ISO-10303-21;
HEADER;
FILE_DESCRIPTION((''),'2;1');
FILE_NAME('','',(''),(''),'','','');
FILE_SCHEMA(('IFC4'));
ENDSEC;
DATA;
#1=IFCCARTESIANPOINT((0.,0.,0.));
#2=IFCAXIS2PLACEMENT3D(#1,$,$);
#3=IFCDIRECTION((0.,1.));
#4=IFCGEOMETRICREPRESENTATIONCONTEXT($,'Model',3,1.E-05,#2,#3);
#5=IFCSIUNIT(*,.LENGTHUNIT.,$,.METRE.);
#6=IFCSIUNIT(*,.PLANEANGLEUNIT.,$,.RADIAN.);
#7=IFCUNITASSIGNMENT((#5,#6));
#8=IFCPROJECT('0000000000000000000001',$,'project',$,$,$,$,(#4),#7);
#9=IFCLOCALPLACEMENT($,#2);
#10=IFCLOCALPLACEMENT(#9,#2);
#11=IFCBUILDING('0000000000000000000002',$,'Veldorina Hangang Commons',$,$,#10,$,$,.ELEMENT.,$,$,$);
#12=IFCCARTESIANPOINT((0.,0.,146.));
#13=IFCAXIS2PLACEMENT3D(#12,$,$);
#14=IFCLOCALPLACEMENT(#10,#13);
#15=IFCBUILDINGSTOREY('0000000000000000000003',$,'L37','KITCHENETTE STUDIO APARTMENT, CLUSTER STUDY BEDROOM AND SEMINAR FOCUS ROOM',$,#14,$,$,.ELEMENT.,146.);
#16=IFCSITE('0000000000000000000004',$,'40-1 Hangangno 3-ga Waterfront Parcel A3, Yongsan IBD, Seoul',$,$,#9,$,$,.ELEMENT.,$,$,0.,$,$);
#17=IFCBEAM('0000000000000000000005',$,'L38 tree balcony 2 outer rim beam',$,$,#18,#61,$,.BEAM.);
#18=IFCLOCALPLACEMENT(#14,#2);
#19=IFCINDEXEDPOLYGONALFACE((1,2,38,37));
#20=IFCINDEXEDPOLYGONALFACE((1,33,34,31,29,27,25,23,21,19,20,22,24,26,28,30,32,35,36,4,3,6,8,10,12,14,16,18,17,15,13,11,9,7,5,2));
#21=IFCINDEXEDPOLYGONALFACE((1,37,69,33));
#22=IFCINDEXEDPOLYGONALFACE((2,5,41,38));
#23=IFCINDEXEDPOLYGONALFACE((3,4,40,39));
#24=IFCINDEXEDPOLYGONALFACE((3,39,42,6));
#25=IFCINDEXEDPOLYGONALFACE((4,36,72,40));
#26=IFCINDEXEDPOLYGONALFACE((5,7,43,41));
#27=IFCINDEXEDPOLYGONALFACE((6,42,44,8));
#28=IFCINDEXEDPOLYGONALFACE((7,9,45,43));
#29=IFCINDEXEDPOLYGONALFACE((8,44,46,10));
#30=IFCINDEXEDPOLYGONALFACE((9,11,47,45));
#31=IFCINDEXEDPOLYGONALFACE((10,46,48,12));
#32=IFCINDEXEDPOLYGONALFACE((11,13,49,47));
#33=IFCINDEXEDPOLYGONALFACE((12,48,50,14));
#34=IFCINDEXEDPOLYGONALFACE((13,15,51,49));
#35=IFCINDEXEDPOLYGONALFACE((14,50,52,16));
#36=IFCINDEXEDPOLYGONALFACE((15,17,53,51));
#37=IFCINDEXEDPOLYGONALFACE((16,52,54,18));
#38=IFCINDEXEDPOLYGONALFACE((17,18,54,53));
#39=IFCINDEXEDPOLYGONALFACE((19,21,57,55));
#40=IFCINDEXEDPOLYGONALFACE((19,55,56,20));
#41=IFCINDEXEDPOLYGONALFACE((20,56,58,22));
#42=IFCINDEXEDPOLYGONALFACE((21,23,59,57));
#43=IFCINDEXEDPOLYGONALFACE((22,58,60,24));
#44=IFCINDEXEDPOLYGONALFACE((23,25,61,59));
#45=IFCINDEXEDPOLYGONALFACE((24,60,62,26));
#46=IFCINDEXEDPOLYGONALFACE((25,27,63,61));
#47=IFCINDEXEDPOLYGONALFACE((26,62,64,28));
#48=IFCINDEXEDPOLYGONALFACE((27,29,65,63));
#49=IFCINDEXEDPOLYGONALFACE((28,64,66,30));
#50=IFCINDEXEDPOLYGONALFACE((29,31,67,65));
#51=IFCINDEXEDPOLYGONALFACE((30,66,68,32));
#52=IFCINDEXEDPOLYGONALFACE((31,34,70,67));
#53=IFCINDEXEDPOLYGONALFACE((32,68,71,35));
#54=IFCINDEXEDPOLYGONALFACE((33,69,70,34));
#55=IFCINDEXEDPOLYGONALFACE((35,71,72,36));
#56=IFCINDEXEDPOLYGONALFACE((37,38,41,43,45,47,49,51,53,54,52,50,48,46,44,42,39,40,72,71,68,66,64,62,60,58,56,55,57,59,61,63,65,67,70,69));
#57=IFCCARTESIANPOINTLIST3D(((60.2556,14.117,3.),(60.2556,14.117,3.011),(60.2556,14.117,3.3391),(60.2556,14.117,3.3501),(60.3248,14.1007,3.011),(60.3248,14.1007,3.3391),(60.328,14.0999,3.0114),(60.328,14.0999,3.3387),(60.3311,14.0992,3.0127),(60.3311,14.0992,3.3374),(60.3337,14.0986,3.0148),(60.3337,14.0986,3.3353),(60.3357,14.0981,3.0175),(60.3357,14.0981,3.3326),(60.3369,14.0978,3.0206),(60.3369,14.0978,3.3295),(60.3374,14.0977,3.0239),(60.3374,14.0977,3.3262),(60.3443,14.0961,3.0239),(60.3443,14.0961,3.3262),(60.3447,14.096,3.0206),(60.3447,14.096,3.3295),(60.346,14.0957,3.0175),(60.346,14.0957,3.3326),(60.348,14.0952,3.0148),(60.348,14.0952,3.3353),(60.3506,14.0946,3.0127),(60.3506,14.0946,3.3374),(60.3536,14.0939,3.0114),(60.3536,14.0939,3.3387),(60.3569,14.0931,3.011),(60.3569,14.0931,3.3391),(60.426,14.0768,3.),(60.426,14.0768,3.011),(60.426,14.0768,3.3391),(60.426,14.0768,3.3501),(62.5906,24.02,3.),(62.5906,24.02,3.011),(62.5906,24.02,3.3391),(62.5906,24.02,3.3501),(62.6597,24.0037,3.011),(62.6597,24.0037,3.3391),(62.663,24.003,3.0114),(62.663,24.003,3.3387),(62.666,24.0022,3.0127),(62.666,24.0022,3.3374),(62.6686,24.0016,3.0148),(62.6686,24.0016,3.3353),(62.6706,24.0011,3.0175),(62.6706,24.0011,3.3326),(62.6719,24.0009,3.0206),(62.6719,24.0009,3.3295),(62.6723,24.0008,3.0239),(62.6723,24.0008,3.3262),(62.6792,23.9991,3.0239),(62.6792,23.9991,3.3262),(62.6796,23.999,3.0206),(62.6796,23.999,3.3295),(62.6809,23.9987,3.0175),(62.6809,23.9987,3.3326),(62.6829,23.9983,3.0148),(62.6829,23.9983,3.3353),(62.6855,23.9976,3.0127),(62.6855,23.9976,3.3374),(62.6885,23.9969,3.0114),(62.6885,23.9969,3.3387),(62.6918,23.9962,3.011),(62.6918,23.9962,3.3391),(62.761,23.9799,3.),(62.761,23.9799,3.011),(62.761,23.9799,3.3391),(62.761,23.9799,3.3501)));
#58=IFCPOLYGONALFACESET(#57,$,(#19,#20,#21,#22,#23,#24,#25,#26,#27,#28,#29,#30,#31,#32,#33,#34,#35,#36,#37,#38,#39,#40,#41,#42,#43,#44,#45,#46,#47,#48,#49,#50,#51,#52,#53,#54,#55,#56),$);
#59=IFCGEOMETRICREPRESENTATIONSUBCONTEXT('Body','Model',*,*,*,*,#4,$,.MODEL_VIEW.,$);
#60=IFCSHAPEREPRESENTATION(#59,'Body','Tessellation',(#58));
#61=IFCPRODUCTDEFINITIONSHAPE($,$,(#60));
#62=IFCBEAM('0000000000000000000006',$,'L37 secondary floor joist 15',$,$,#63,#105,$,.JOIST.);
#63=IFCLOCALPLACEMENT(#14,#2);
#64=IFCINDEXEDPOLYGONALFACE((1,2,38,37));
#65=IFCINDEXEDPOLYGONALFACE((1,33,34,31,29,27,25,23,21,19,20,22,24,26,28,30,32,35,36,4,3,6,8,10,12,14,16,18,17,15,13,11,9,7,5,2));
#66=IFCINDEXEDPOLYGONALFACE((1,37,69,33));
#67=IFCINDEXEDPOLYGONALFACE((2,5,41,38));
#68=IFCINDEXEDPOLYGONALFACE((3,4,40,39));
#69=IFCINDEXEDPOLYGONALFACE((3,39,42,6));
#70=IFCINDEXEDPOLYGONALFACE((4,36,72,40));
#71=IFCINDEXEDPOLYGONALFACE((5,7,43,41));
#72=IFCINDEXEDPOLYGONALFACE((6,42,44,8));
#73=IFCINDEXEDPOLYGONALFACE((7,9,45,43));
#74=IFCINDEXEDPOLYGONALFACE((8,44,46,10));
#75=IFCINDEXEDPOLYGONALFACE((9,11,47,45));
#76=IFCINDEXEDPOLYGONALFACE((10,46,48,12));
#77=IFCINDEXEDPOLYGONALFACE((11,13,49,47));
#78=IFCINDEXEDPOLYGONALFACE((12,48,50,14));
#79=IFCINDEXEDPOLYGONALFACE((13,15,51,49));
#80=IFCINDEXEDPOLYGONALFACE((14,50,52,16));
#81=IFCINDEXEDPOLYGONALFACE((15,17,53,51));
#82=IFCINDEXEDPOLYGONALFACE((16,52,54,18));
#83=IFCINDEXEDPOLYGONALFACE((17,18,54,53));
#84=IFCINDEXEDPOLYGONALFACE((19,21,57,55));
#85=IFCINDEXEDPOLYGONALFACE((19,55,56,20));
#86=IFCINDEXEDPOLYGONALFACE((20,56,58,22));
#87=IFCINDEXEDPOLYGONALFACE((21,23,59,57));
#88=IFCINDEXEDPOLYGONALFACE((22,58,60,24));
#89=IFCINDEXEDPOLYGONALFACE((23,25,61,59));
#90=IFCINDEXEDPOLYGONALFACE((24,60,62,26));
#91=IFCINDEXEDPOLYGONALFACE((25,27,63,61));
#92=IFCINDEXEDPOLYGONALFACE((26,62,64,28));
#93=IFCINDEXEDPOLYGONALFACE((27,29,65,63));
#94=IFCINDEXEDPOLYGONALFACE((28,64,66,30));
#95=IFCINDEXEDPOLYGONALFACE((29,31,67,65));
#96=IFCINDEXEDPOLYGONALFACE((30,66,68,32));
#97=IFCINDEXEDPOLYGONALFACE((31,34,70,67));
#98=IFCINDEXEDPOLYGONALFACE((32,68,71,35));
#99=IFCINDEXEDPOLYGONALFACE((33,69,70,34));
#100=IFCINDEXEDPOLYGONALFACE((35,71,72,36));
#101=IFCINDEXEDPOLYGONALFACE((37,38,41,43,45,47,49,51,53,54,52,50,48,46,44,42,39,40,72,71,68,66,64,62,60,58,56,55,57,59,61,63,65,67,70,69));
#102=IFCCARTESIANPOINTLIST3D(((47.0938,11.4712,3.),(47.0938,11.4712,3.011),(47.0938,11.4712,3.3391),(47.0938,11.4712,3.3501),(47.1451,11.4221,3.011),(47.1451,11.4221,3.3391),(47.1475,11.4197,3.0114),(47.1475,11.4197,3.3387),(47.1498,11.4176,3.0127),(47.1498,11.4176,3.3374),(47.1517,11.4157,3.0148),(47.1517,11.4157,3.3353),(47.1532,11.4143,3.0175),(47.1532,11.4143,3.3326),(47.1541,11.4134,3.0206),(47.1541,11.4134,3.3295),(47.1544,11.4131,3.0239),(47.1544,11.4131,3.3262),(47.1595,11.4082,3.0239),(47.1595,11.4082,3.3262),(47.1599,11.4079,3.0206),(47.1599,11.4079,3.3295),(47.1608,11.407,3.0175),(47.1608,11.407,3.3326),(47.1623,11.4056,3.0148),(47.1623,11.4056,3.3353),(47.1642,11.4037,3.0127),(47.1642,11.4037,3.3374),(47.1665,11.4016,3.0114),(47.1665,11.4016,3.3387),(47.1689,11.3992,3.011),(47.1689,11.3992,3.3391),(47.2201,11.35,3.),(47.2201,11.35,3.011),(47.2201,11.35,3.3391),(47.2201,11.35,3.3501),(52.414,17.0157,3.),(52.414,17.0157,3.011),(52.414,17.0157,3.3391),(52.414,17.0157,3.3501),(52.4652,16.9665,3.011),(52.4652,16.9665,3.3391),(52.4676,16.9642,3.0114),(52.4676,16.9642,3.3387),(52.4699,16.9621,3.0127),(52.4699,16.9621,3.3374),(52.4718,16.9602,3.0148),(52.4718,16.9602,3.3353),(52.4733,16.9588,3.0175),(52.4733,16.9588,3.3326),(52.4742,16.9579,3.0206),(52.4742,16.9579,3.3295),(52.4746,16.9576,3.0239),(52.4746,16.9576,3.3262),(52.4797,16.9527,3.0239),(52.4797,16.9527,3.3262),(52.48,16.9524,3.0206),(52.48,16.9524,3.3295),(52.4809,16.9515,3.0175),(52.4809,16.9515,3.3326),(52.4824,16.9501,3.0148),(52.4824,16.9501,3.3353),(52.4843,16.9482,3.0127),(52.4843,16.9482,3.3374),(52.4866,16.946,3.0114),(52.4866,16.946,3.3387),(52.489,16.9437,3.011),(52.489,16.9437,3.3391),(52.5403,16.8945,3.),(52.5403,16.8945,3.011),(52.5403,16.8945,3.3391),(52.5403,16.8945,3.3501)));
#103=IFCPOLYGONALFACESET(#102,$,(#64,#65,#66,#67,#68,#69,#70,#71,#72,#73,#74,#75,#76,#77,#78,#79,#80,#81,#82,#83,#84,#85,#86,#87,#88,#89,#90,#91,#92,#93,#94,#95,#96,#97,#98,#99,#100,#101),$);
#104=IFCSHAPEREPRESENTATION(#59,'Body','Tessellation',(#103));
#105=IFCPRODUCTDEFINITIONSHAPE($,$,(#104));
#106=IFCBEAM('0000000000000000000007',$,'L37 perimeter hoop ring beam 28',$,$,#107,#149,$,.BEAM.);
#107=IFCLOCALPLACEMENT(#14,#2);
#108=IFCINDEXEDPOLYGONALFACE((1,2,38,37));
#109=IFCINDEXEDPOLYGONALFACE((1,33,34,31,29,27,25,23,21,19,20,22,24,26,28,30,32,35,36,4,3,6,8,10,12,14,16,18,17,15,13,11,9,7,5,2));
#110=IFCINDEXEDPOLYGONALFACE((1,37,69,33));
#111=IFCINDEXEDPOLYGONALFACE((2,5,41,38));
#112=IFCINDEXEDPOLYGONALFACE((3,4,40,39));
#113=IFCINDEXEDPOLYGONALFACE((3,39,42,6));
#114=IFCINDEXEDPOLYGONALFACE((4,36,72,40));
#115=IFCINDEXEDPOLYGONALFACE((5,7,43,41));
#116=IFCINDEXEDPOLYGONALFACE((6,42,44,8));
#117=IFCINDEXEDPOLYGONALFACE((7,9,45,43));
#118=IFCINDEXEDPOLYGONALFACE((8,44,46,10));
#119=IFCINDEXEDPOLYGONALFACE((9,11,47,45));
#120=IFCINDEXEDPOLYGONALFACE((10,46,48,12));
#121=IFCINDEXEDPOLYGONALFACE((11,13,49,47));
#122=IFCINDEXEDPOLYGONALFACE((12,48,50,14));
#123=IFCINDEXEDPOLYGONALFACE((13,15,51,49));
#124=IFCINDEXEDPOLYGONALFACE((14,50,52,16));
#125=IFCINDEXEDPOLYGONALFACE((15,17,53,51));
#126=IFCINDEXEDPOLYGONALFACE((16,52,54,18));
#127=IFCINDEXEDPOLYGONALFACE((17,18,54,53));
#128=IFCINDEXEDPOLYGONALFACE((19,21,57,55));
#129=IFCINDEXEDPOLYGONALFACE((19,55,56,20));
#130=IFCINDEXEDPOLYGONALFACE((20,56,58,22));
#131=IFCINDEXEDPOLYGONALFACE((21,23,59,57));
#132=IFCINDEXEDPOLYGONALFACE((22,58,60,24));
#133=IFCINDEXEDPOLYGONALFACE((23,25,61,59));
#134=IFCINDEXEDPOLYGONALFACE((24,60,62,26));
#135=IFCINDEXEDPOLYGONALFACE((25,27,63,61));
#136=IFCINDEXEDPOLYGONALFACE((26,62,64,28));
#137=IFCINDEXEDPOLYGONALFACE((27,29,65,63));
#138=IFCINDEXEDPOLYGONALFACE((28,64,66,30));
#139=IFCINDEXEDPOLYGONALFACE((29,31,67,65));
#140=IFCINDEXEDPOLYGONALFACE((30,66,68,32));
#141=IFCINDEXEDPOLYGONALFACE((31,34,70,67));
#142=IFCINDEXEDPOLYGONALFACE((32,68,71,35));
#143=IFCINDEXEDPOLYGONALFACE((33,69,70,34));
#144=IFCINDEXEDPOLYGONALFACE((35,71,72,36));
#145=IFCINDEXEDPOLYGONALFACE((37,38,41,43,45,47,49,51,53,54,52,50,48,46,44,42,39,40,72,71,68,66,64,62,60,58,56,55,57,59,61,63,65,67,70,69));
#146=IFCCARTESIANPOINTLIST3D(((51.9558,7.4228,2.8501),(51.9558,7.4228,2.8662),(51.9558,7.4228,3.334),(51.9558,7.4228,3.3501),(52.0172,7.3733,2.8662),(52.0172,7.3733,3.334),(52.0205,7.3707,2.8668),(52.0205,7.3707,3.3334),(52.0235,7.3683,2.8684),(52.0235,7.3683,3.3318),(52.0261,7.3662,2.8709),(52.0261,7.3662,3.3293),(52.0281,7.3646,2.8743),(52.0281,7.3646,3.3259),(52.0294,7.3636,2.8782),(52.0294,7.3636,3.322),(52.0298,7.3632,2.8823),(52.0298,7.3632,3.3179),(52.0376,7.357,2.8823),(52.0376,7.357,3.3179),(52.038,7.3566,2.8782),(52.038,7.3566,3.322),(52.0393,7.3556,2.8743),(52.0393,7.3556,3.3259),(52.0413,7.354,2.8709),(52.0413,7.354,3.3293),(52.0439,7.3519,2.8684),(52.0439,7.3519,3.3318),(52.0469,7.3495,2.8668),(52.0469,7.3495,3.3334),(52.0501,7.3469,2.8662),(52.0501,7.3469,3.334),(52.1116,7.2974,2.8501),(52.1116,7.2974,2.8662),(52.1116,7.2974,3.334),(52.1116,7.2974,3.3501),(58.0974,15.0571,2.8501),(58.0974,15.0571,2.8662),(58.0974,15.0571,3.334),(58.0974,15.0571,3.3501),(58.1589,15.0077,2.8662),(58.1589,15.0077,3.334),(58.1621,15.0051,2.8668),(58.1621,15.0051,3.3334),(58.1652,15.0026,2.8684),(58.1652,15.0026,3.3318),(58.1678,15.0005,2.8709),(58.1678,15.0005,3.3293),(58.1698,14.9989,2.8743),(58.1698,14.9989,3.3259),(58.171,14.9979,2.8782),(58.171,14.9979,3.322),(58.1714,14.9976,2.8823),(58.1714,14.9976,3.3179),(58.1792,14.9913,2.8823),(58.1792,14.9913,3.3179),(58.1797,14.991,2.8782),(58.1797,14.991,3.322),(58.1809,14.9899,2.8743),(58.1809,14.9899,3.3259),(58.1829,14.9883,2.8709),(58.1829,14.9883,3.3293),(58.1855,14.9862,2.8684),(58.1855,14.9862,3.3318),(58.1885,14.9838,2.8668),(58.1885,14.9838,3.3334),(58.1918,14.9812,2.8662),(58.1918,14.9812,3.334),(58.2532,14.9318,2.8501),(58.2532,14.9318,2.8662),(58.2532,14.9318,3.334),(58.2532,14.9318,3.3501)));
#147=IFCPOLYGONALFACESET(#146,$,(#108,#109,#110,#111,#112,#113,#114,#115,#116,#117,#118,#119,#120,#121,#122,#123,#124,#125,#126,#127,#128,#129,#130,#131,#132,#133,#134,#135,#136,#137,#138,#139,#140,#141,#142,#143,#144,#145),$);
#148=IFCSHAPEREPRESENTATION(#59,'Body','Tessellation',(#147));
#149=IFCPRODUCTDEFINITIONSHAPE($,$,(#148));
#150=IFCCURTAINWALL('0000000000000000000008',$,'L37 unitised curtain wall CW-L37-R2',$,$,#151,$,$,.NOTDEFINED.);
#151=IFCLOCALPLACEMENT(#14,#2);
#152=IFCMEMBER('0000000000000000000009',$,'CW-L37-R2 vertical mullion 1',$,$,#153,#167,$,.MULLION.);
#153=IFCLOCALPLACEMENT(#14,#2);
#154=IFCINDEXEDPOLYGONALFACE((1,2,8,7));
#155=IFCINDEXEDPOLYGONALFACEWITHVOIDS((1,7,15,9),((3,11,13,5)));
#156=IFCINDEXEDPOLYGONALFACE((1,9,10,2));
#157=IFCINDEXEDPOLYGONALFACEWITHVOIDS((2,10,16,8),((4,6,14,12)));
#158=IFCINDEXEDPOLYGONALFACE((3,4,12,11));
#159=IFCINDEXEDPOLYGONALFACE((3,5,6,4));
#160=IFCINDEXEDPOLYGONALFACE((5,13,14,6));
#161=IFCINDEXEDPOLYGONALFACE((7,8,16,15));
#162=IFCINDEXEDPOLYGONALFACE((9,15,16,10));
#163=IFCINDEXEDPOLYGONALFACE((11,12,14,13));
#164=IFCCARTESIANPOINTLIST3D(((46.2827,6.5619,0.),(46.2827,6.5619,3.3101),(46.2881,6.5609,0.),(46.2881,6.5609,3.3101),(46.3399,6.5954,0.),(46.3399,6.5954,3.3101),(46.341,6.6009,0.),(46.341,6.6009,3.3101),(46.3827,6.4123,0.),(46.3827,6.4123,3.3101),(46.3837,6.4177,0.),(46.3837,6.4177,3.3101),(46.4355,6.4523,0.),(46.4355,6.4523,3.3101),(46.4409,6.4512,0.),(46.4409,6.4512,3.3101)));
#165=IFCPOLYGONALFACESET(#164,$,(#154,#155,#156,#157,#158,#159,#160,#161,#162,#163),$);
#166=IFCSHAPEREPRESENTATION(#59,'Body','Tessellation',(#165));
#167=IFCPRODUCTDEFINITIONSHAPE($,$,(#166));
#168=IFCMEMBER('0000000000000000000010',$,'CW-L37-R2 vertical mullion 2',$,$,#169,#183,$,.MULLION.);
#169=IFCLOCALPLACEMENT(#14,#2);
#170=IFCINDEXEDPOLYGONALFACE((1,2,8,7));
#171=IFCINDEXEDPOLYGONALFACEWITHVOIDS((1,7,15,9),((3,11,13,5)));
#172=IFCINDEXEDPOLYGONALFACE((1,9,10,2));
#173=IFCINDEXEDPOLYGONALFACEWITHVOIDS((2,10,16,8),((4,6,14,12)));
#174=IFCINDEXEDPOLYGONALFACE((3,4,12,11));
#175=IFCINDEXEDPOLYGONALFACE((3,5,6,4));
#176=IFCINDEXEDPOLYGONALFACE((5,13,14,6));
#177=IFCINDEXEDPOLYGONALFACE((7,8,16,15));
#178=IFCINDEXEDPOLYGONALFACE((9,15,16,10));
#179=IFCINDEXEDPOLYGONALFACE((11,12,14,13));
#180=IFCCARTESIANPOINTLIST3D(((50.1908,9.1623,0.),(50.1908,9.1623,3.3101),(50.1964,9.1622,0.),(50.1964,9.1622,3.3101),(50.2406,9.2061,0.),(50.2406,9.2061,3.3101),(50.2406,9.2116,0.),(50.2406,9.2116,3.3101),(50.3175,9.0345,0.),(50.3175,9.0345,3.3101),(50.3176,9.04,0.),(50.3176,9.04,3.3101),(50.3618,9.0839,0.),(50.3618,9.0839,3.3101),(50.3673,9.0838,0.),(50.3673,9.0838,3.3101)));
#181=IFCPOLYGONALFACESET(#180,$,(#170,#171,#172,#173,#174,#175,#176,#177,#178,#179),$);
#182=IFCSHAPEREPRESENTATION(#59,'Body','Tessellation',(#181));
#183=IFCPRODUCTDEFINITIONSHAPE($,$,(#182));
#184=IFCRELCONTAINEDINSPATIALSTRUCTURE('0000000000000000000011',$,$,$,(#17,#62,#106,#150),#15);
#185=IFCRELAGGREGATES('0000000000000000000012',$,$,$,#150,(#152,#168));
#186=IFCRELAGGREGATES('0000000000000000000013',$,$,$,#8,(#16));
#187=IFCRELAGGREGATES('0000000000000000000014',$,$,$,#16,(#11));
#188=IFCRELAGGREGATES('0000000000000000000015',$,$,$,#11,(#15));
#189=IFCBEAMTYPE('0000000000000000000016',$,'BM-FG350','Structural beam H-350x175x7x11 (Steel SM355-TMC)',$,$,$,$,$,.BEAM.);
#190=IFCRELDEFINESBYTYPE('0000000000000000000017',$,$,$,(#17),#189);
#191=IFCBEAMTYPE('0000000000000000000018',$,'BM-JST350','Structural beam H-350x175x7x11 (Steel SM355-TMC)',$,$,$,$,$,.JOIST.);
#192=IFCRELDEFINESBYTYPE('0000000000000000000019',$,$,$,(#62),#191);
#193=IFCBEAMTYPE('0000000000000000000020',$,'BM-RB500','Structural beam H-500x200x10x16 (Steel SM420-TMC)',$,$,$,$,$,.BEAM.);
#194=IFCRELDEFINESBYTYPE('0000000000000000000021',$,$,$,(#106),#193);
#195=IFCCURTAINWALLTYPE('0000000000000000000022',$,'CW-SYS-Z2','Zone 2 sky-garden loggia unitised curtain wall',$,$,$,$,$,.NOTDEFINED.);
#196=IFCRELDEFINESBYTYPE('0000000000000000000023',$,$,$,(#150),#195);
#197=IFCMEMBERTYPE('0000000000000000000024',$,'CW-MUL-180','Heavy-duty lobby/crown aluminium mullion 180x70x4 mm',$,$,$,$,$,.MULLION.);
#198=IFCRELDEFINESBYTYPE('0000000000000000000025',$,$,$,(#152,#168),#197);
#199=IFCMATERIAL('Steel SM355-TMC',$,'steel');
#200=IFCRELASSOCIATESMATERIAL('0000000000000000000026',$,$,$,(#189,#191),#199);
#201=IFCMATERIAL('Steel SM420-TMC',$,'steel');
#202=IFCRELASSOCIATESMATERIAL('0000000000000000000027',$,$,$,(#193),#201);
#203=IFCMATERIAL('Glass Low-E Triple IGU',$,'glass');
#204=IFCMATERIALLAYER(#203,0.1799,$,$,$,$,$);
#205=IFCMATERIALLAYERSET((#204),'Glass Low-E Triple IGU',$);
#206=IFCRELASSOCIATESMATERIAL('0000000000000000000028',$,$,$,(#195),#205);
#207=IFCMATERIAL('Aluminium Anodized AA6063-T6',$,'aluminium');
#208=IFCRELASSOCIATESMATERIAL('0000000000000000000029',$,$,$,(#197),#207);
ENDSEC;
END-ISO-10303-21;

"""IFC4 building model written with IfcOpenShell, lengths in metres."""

from ifc_helpers import new_model, si_unit, direction, frame, origin, origin_2d, place, context, subcontext, project, spatial, hollow_rectangle, i_section, extrude, material, layer, layer_set, material_profile, profile_set, type_object, element, aggregate, save


model = new_model("IFC4")

# Units and contexts
model_context = context("Model", 3, precision=1e-05, world=origin(), true_north=direction((0.0, 1.0)))
body_context = subcontext(model_context, "Body", "Model", "MODEL_VIEW")
ifc_project = project(units=[si_unit("LENGTHUNIT", "METRE"), si_unit("PLANEANGLEUNIT", "RADIAN")], contexts=[model_context])

# Site, building, storey
site_placement = place(None, origin())
site = spatial("IfcSite", under=ifc_project, at=site_placement, Name="40-1 Hangangno 3-ga Waterfront Parcel A3, Yongsan IBD, Seoul", CompositionType="ELEMENT", RefElevation=0.0)
building_placement = place(site_placement, origin())
building = spatial("IfcBuilding", under=site, at=building_placement, Name="Veldorina Hangang Commons", CompositionType="ELEMENT")
storey_placement = place(building_placement, frame((0.0, 0.0, 146.0)))
storey = spatial("IfcBuildingStorey", under=building, at=storey_placement, Name="L37", Description="KITCHENETTE STUDIO APARTMENT, CLUSTER STUDY BEDROOM AND SEMINAR FOCUS ROOM", CompositionType="ELEMENT", Elevation=146.0)

# Beams
ifc_material_1 = material(Name="Steel SM355-TMC", Category="steel")
ifc_material_profile_1 = material_profile(ifc_material_1, i_section(OverallWidth=0.175, OverallDepth=0.3501, WebThickness=0.0071, FlangeThickness=0.011, FilletRadius=0.0129, at=origin_2d()), Name="H-350x175x7x11")
ifc_profile_set_1 = profile_set([ifc_material_profile_1], Name="Steel SM355-TMC")
beam_type_1 = type_object("IfcBeamType", Name="BM-FG350", Description="Structural beam H-350x175x7x11 (Steel SM355-TMC)", PredefinedType="BEAM", material=ifc_profile_set_1)
beam_1_placement = place(storey_placement, frame((60.3408, 14.0969, 3.175), z_axis=(0.229489, 0.973311, 0.0), x_axis=(-0.973311, 0.229489, 0.0)))
element("IfcBeam", 1, at=beam_1_placement, inside=storey, type_object=beam_type_1, Name="L38 tree balcony 2 outer rim beam", PredefinedType="BEAM", context=body_context, shape_type="SweptSolid", body=[
    extrude(i_section(OverallWidth=0.175, OverallDepth=0.3501, WebThickness=0.0071, FlangeThickness=0.011, FilletRadius=0.0129, at=origin_2d()), origin(), (0.0, 0.0, 1.0), 10.1746),
])
ifc_material_profile_2 = material_profile(ifc_material_1, i_section(OverallWidth=0.175, OverallDepth=0.3501, WebThickness=0.0071, FlangeThickness=0.011, FilletRadius=0.0129, at=origin_2d()), Name="H-350x175x7x11")
ifc_profile_set_2 = profile_set([ifc_material_profile_2], Name="Steel SM355-TMC")
beam_type_2 = type_object("IfcBeamType", Name="BM-JST350", Description="Structural beam H-350x175x7x11 (Steel SM355-TMC)", PredefinedType="JOIST", material=ifc_profile_set_2)
beam_2_placement = place(storey_placement, frame((47.157, 11.4106, 3.175), z_axis=(0.692357, 0.721556, 0.0), x_axis=(-0.721556, 0.692357, 0.0)))
element("IfcBeam", 2, at=beam_2_placement, inside=storey, type_object=beam_type_2, Name="L37 secondary floor joist 15", PredefinedType="JOIST", context=body_context, shape_type="SweptSolid", body=[
    extrude(i_section(OverallWidth=0.175, OverallDepth=0.3501, WebThickness=0.0071, FlangeThickness=0.011, FilletRadius=0.0129, at=origin_2d()), origin(), (0.0, 0.0, 1.0), 7.6841),
])
ifc_material_2 = material(Name="Steel SM420-TMC", Category="steel")
ifc_material_profile_3 = material_profile(ifc_material_2, i_section(OverallWidth=0.2, OverallDepth=0.5, WebThickness=0.01, FlangeThickness=0.0161, FilletRadius=0.0161, at=origin_2d()), Name="H-500x200x10x16")
ifc_profile_set_3 = profile_set([ifc_material_profile_3], Name="Steel SM420-TMC")
beam_type_3 = type_object("IfcBeamType", Name="BM-RB500", Description="Structural beam H-500x200x10x16 (Steel SM420-TMC)", PredefinedType="BEAM", material=ifc_profile_set_3)
beam_3_placement = place(storey_placement, frame((52.0337, 7.3601, 3.1001), z_axis=(0.62682, 0.779164, 0.0), x_axis=(-0.779164, 0.62682, 0.0)))
element("IfcBeam", 3, at=beam_3_placement, inside=storey, type_object=beam_type_3, Name="L37 perimeter hoop ring beam 28", PredefinedType="BEAM", context=body_context, shape_type="SweptSolid", body=[
    extrude(i_section(OverallWidth=0.2, OverallDepth=0.5, WebThickness=0.01, FlangeThickness=0.0161, FilletRadius=0.0161, at=origin_2d()), origin(), (0.0, 0.0, 1.0), 9.7981),
])

# Curtain wall, members
ifc_material_3 = material(Name="Glass Low-E Triple IGU", Category="glass")
ifc_layer_1 = layer(ifc_material_3, 0.1799)
ifc_layer_set_1 = layer_set([ifc_layer_1], Name="Glass Low-E Triple IGU")
curtain_wall_type = type_object("IfcCurtainWallType", Name="CW-SYS-Z2", Description="Zone 2 sky-garden loggia unitised curtain wall", PredefinedType="NOTDEFINED", material=ifc_layer_set_1)
curtain_wall_placement = place(storey_placement, origin())
curtain_wall = element("IfcCurtainWall", 4, at=curtain_wall_placement, inside=storey, type_object=curtain_wall_type, Name="L37 unitised curtain wall CW-L37-R2", PredefinedType="NOTDEFINED")
ifc_material_4 = material(Name="Aluminium Anodized AA6063-T6", Category="aluminium")
ifc_material_profile_4 = material_profile(ifc_material_4, hollow_rectangle(XDim=0.0701, YDim=0.1799, WallThickness=0.0039, at=origin_2d()), Name="ALU-RHS-180x70x4")
ifc_profile_set_4 = profile_set([ifc_material_profile_4], Name="Aluminium Anodized AA6063-T6")
member_type_1 = type_object("IfcMemberType", Name="CW-MUL-180", Description="Heavy-duty lobby/crown aluminium mullion 180x70x4 mm", PredefinedType="MULLION", material=ifc_profile_set_4)
member_1_placement = place(storey_placement, frame((46.3618, 6.5066, 0.0), z_axis=(0.0, 0.0, 1.0), x_axis=(0.831567, 0.555425, 0.0)))
member_1 = element("IfcMember", 5, at=member_1_placement, type_object=member_type_1, Name="CW-L37-R2 vertical mullion 1", PredefinedType="MULLION", context=body_context, shape_type="SweptSolid", body=[
    extrude(hollow_rectangle(XDim=0.0701, YDim=0.1799, WallThickness=0.0039, at=origin_2d()), origin(), (0.0, 0.0, 1.0), 3.3101),
])
member_2_placement = place(storey_placement, frame((50.2791, 9.123, 0.0), z_axis=(0.0, 0.0, 1.0), x_axis=(0.710038, 0.704163, 0.0)))
member_2 = element("IfcMember", 6, at=member_2_placement, type_object=member_type_1, Name="CW-L37-R2 vertical mullion 2", PredefinedType="MULLION", context=body_context, shape_type="SweptSolid", body=[
    extrude(hollow_rectangle(XDim=0.0701, YDim=0.1799, WallThickness=0.0039, at=origin_2d()), origin(), (0.0, 0.0, 1.0), 3.3101),
])

aggregate(curtain_wall, [member_1, member_2])

save(model, "model.ifc")
